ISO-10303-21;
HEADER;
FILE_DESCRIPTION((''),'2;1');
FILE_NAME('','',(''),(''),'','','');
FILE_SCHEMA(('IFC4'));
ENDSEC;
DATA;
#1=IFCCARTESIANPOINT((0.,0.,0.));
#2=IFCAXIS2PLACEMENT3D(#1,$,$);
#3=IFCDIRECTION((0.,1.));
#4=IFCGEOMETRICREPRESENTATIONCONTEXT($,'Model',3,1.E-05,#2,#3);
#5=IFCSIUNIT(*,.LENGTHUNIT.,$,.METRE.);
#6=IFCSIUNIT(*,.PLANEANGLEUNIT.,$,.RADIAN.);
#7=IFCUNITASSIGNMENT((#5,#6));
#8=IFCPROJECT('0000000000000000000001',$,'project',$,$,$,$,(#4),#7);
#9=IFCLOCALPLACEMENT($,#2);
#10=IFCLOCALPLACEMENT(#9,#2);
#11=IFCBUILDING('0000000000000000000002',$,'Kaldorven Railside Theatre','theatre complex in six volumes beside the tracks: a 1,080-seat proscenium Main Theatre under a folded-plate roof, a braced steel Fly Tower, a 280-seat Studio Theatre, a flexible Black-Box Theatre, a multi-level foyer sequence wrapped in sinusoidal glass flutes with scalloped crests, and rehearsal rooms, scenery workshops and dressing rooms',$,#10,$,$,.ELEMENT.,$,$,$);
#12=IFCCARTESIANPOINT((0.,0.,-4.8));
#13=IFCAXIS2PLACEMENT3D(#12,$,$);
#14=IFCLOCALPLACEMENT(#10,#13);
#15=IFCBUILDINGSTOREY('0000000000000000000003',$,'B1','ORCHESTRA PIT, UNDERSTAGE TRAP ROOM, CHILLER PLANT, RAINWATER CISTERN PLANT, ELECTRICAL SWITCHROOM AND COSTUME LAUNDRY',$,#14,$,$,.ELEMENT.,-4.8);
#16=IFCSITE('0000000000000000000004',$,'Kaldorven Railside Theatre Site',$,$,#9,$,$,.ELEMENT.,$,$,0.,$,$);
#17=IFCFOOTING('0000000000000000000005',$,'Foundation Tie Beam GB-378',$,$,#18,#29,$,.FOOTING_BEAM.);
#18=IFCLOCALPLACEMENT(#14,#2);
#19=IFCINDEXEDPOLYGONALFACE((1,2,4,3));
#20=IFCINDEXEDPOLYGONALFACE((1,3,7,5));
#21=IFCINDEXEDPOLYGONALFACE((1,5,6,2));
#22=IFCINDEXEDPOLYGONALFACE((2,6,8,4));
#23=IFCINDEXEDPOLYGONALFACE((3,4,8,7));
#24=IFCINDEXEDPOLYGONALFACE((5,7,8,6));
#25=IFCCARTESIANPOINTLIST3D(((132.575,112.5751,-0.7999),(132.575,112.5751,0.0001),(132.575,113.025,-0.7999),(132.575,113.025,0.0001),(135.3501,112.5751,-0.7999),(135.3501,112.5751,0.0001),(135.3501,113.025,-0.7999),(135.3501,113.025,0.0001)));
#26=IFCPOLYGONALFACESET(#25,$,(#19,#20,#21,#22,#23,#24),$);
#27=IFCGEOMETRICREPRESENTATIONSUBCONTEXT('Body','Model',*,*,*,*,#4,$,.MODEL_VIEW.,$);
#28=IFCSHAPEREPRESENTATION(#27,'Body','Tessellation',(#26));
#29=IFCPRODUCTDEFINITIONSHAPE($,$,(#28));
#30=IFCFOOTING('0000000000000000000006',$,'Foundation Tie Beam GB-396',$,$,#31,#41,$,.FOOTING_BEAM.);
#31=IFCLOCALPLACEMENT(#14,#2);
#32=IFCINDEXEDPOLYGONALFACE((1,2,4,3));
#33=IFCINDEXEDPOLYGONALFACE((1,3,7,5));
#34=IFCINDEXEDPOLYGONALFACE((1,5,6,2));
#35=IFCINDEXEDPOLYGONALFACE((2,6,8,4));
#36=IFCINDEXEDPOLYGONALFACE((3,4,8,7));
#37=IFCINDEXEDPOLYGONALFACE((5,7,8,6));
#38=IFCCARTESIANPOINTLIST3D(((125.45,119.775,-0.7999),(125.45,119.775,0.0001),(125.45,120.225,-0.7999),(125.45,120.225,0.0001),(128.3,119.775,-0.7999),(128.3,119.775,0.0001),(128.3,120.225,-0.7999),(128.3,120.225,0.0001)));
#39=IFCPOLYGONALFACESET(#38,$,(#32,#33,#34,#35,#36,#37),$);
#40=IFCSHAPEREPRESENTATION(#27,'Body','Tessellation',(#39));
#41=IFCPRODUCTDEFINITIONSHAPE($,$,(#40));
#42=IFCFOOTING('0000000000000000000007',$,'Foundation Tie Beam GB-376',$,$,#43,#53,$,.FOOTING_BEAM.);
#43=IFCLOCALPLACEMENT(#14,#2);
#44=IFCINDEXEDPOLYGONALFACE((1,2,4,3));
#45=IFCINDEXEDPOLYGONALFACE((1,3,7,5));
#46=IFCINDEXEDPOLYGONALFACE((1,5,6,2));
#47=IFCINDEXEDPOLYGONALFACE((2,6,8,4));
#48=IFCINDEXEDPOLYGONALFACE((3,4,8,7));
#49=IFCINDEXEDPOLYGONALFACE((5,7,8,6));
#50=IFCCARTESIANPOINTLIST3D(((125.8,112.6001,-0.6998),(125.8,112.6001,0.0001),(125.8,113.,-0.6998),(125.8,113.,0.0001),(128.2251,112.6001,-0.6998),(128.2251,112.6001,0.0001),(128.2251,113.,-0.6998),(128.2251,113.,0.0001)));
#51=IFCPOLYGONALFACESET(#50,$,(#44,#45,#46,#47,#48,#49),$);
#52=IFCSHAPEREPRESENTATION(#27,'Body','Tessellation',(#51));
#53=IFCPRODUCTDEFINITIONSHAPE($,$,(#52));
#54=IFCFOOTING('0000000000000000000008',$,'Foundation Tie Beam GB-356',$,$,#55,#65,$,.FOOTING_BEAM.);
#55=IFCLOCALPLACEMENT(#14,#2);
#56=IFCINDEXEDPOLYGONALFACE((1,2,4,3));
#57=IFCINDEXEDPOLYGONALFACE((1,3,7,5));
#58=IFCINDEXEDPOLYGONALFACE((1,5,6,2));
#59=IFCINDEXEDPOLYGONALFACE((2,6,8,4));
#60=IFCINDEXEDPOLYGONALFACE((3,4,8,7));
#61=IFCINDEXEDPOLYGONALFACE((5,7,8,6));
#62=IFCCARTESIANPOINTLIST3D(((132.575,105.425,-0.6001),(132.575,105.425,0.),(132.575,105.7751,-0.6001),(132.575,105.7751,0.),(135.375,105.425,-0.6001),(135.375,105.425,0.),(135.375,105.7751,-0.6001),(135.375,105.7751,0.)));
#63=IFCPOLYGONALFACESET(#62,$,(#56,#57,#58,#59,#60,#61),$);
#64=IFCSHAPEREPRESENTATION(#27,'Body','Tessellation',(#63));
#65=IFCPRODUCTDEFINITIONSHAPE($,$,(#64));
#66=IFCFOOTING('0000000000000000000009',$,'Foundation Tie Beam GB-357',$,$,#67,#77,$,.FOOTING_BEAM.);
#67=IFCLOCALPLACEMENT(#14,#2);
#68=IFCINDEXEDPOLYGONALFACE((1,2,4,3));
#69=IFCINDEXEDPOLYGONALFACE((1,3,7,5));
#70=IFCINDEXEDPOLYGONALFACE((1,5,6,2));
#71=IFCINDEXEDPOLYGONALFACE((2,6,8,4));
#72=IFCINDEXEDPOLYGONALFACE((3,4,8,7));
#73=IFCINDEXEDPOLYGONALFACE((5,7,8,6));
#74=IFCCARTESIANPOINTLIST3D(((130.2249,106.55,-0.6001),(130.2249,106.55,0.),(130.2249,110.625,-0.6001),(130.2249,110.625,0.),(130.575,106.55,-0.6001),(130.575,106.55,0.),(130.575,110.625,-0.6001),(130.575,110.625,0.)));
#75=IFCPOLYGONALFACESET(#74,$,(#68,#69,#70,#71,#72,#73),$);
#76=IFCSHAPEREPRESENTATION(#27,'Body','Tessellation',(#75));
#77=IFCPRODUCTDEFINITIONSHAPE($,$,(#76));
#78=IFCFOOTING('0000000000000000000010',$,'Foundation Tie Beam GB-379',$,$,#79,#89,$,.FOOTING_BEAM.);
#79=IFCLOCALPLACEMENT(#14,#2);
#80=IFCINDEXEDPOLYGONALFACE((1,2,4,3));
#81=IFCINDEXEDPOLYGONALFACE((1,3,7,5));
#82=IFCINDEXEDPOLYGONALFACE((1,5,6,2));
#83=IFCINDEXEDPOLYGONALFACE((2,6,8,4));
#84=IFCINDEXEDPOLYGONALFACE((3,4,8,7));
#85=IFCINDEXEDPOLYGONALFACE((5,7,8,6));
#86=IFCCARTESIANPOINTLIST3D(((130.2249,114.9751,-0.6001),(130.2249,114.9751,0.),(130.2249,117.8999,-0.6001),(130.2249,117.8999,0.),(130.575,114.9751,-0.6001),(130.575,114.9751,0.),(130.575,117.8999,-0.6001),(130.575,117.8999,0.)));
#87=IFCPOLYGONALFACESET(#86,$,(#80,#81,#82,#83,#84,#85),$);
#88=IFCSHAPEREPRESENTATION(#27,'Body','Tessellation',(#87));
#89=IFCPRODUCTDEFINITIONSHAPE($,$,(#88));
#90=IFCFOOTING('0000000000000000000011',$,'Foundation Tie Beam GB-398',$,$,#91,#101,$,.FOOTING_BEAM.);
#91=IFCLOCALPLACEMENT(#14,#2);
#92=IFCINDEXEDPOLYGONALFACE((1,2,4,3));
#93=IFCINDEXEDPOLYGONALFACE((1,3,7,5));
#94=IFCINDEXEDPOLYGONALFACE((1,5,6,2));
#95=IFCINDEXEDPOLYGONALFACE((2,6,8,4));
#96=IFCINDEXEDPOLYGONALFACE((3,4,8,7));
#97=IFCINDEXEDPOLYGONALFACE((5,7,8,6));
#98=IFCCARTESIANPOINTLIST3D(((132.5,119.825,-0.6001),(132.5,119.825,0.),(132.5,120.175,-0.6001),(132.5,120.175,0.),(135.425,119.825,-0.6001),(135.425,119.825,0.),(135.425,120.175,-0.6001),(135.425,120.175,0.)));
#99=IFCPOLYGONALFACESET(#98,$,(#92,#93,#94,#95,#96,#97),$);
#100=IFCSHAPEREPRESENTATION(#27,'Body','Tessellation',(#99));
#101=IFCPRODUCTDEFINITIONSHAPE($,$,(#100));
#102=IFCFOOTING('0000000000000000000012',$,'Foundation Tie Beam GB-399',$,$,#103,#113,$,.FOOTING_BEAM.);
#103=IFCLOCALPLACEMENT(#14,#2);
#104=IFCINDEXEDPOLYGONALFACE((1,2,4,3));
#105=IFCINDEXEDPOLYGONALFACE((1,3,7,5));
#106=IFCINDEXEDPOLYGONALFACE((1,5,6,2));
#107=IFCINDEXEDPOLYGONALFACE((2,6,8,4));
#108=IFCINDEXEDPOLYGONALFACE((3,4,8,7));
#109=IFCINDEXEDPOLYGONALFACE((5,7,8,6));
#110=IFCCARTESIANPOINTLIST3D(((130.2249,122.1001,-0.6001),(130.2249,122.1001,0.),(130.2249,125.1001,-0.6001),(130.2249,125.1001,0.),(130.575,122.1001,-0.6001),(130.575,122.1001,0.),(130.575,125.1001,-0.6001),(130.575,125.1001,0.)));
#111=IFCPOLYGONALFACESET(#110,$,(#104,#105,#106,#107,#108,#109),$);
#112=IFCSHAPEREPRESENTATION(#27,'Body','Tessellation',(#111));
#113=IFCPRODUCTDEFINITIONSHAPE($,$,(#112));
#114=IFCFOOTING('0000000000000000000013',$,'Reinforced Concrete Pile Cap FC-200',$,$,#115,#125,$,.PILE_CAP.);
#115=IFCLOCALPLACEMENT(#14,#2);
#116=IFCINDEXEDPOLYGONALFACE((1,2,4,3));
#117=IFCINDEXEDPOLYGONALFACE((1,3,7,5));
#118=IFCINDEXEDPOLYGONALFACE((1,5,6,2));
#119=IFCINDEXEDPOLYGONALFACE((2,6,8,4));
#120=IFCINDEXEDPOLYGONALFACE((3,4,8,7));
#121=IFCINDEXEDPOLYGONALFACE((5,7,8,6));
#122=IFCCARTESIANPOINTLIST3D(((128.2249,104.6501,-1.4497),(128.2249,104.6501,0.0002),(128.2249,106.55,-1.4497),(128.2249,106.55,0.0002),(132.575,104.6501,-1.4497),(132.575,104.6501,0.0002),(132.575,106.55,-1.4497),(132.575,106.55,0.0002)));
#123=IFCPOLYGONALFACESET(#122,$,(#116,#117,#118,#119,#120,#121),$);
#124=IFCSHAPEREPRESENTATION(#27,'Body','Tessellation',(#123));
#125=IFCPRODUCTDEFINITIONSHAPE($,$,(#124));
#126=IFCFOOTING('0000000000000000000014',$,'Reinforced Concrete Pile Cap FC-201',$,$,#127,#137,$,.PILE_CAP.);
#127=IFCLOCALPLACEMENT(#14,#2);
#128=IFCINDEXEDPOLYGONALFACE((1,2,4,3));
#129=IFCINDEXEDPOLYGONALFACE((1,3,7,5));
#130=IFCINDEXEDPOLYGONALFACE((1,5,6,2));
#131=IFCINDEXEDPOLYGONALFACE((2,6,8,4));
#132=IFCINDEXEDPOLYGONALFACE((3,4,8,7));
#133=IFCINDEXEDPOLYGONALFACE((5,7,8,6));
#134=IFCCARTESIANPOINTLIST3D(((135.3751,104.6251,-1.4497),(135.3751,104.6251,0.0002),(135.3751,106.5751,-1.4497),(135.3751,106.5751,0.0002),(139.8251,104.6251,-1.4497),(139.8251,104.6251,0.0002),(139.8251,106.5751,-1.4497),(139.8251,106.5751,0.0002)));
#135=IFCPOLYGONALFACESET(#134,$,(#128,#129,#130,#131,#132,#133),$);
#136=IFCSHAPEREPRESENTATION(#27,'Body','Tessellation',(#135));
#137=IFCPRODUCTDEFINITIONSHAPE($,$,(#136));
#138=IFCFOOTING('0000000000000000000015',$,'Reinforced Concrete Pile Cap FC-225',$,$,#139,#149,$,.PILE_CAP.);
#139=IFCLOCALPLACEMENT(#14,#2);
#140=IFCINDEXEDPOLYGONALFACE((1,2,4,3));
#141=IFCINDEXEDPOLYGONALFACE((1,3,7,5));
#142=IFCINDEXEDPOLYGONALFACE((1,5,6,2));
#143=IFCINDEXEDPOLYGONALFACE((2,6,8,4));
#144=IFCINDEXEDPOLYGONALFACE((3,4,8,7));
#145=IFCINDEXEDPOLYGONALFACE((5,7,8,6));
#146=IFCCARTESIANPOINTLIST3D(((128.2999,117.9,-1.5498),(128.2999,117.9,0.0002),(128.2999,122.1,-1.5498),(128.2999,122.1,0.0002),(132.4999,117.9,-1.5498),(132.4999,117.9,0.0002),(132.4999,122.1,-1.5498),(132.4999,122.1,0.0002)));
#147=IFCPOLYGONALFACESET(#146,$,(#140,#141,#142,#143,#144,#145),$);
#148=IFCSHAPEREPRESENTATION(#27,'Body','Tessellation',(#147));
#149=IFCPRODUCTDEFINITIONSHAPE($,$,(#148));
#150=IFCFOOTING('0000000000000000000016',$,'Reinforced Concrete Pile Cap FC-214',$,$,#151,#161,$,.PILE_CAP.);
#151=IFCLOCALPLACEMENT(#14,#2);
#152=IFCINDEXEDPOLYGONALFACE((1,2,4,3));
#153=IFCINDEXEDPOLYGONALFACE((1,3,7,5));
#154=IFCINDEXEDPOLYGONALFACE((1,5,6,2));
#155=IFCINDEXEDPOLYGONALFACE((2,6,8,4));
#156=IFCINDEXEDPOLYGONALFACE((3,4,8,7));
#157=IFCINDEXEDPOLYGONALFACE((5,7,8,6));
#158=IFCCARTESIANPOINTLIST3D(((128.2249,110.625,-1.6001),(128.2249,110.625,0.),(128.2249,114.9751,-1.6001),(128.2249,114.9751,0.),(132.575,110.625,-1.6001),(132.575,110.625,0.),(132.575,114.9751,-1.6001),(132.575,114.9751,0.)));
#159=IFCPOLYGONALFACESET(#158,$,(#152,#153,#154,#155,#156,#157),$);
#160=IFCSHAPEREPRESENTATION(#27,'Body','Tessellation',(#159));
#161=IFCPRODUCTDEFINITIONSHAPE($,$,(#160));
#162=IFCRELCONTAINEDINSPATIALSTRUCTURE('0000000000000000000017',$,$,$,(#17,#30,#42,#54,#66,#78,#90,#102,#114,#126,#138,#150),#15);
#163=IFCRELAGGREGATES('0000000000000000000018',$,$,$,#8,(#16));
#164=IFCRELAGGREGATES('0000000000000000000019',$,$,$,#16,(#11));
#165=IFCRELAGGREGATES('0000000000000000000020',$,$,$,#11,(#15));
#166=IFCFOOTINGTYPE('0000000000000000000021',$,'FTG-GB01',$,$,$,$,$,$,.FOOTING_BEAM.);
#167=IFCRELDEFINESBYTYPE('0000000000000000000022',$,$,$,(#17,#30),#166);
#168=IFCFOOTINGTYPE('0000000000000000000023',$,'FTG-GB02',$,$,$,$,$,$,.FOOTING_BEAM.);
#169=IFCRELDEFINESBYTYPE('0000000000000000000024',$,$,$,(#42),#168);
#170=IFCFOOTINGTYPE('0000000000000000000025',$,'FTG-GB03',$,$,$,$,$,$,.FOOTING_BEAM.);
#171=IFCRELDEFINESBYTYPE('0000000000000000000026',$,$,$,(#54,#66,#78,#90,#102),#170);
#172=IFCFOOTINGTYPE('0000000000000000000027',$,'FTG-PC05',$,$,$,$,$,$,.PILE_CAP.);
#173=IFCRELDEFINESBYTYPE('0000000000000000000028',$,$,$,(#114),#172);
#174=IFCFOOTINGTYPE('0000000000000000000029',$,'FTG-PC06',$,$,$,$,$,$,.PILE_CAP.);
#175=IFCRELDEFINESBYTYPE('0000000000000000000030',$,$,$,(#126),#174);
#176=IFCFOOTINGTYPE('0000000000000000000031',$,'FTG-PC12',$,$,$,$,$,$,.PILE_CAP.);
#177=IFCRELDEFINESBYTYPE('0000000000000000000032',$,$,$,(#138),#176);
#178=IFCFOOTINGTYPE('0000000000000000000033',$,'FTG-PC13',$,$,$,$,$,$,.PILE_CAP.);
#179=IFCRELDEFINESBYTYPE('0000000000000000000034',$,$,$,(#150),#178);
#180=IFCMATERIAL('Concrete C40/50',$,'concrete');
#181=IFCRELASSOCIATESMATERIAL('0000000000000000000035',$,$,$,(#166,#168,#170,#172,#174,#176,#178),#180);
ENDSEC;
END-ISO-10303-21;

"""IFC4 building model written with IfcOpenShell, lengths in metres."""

from ifc_helpers import new_model, si_unit, direction, frame, origin, origin_2d, place, context, subcontext, project, spatial, rectangle, extrude, material, material_profile, profile_set, type_object, element, save


model = new_model("IFC4")

# Units and contexts
model_context = context("Model", 3, precision=1e-05, world=origin(), true_north=direction((0.0, 1.0)))
body_context = subcontext(model_context, "Body", "Model", "MODEL_VIEW")
ifc_project = project(units=[si_unit("LENGTHUNIT", "METRE"), si_unit("PLANEANGLEUNIT", "RADIAN")], contexts=[model_context])

# Site, building, storey
site_placement = place(None, origin())
site = spatial("IfcSite", under=ifc_project, at=site_placement, Name="Kaldorven Railside Theatre Site", CompositionType="ELEMENT", RefElevation=0.0)
building_placement = place(site_placement, origin())
building = spatial("IfcBuilding", under=site, at=building_placement, Name="Kaldorven Railside Theatre", Description="theatre complex in six volumes beside the tracks: a 1,080-seat proscenium Main Theatre under a folded-plate roof, a braced steel Fly Tower, a 280-seat Studio Theatre, a flexible Black-Box Theatre, a multi-level foyer sequence wrapped in sinusoidal glass flutes with scalloped crests, and rehearsal rooms, scenery workshops and dressing rooms", CompositionType="ELEMENT")
storey_placement = place(building_placement, frame((0.0, 0.0, -4.8)))
storey = spatial("IfcBuildingStorey", under=building, at=storey_placement, Name="B1", Description="ORCHESTRA PIT, UNDERSTAGE TRAP ROOM, CHILLER PLANT, RAINWATER CISTERN PLANT, ELECTRICAL SWITCHROOM AND COSTUME LAUNDRY", CompositionType="ELEMENT", Elevation=-4.8)

# Footings
ifc_material_1 = material(Name="Concrete C40/50", Category="concrete")
ifc_material_profile_1 = material_profile(ifc_material_1, rectangle(XDim=0.45, YDim=0.8, at=origin_2d()), Name="RC 450x800")
ifc_profile_set_1 = profile_set([ifc_material_profile_1], Name="Concrete C40/50")
footing_type_1 = type_object("IfcFootingType", Name="FTG-GB01", PredefinedType="FOOTING_BEAM", material=ifc_profile_set_1)
footing_1_placement = place(storey_placement, frame((132.575, 112.8, -0.3999), z_axis=(1.0, 0.0, 0.0), x_axis=(0.0, 1.0, 0.0)))
element("IfcFooting", 1, at=footing_1_placement, inside=storey, type_object=footing_type_1, Name="Foundation Tie Beam GB-378", PredefinedType="FOOTING_BEAM", context=body_context, shape_type="SweptSolid", body=[
    extrude(rectangle(XDim=0.45, YDim=0.8, at=origin_2d()), origin(), (0.0, 0.0, 1.0), 2.7751),
])
footing_2_placement = place(storey_placement, frame((125.45, 120.0, -0.3999), z_axis=(1.0, 0.0, 0.0), x_axis=(0.0, 1.0, 0.0)))
element("IfcFooting", 2, at=footing_2_placement, inside=storey, type_object=footing_type_1, Name="Foundation Tie Beam GB-396", PredefinedType="FOOTING_BEAM", context=body_context, shape_type="SweptSolid", body=[
    extrude(rectangle(XDim=0.45, YDim=0.8, at=origin_2d()), origin(), (0.0, 0.0, 1.0), 2.8501),
])
ifc_material_profile_2 = material_profile(ifc_material_1, rectangle(XDim=0.3999, YDim=0.7, at=origin_2d()), Name="RC 400x700")
ifc_profile_set_2 = profile_set([ifc_material_profile_2], Name="Concrete C40/50")
footing_type_2 = type_object("IfcFootingType", Name="FTG-GB02", PredefinedType="FOOTING_BEAM", material=ifc_profile_set_2)
footing_3_placement = place(storey_placement, frame((125.8, 112.8, -0.3499), z_axis=(1.0, 0.0, 0.0), x_axis=(0.0, 1.0, 0.0)))
element("IfcFooting", 3, at=footing_3_placement, inside=storey, type_object=footing_type_2, Name="Foundation Tie Beam GB-376", PredefinedType="FOOTING_BEAM", context=body_context, shape_type="SweptSolid", body=[
    extrude(rectangle(XDim=0.3999, YDim=0.7, at=origin_2d()), origin(), (0.0, 0.0, 1.0), 2.425),
])
ifc_material_profile_3 = material_profile(ifc_material_1, rectangle(XDim=0.3501, YDim=0.6001, at=origin_2d()), Name="RC 350x600")
ifc_profile_set_3 = profile_set([ifc_material_profile_3], Name="Concrete C40/50")
footing_type_3 = type_object("IfcFootingType", Name="FTG-GB03", PredefinedType="FOOTING_BEAM", material=ifc_profile_set_3)
footing_4_placement = place(storey_placement, frame((132.575, 105.6001, -0.3), z_axis=(1.0, 0.0, 0.0), x_axis=(0.0, 1.0, 0.0)))
element("IfcFooting", 4, at=footing_4_placement, inside=storey, type_object=footing_type_3, Name="Foundation Tie Beam GB-356", PredefinedType="FOOTING_BEAM", context=body_context, shape_type="SweptSolid", body=[
    extrude(rectangle(XDim=0.3501, YDim=0.6001, at=origin_2d()), origin(), (0.0, 0.0, 1.0), 2.8),
])
footing_5_placement = place(storey_placement, frame((130.3999, 106.55, -0.3), z_axis=(0.0, 1.0, 0.0), x_axis=(-1.0, 0.0, 0.0)))
element("IfcFooting", 5, at=footing_5_placement, inside=storey, type_object=footing_type_3, Name="Foundation Tie Beam GB-357", PredefinedType="FOOTING_BEAM", context=body_context, shape_type="SweptSolid", body=[
    extrude(rectangle(XDim=0.3501, YDim=0.6001, at=origin_2d()), origin(), (0.0, 0.0, 1.0), 4.075),
])
footing_6_placement = place(storey_placement, frame((130.3999, 114.9751, -0.3), z_axis=(0.0, 1.0, 0.0), x_axis=(-1.0, 0.0, 0.0)))
element("IfcFooting", 6, at=footing_6_placement, inside=storey, type_object=footing_type_3, Name="Foundation Tie Beam GB-379", PredefinedType="FOOTING_BEAM", context=body_context, shape_type="SweptSolid", body=[
    extrude(rectangle(XDim=0.3501, YDim=0.6001, at=origin_2d()), origin(), (0.0, 0.0, 1.0), 2.9248),
])
footing_7_placement = place(storey_placement, frame((132.5, 120.0, -0.3), z_axis=(1.0, 0.0, 0.0), x_axis=(0.0, 1.0, 0.0)))
element("IfcFooting", 7, at=footing_7_placement, inside=storey, type_object=footing_type_3, Name="Foundation Tie Beam GB-398", PredefinedType="FOOTING_BEAM", context=body_context, shape_type="SweptSolid", body=[
    extrude(rectangle(XDim=0.3501, YDim=0.6001, at=origin_2d()), origin(), (0.0, 0.0, 1.0), 2.925),
])
footing_8_placement = place(storey_placement, frame((130.3999, 122.1001, -0.3), z_axis=(0.0, 1.0, 0.0), x_axis=(-1.0, 0.0, 0.0)))
element("IfcFooting", 8, at=footing_8_placement, inside=storey, type_object=footing_type_3, Name="Foundation Tie Beam GB-399", PredefinedType="FOOTING_BEAM", context=body_context, shape_type="SweptSolid", body=[
    extrude(rectangle(XDim=0.3501, YDim=0.6001, at=origin_2d()), origin(), (0.0, 0.0, 1.0), 3.0),
])
footing_type_4 = type_object("IfcFootingType", Name="FTG-PC05", PredefinedType="PILE_CAP", material=ifc_material_1)
footing_9_placement = place(storey_placement, frame((130.3999, 105.6001, -1.4497), z_axis=(0.0, 0.0, 1.0), x_axis=(1.0, 0.0, 0.0)))
element("IfcFooting", 9, at=footing_9_placement, inside=storey, type_object=footing_type_4, Name="Reinforced Concrete Pile Cap FC-200", PredefinedType="PILE_CAP", context=body_context, shape_type="SweptSolid", body=[
    extrude(rectangle(XDim=4.3501, YDim=1.8999, at=origin_2d()), origin(), (0.0, 0.0, 1.0), 1.45),
])
footing_type_5 = type_object("IfcFootingType", Name="FTG-PC06", PredefinedType="PILE_CAP", material=ifc_material_1)
footing_10_placement = place(storey_placement, frame((137.6001, 105.6001, -1.4497), z_axis=(0.0, 0.0, 1.0), x_axis=(1.0, 0.0, 0.0)))
element("IfcFooting", 10, at=footing_10_placement, inside=storey, type_object=footing_type_5, Name="Reinforced Concrete Pile Cap FC-201", PredefinedType="PILE_CAP", context=body_context, shape_type="SweptSolid", body=[
    extrude(rectangle(XDim=4.45, YDim=1.95, at=origin_2d()), origin(), (0.0, 0.0, 1.0), 1.45),
])
footing_type_6 = type_object("IfcFootingType", Name="FTG-PC12", PredefinedType="PILE_CAP", material=ifc_material_1)
footing_11_placement = place(storey_placement, frame((130.3999, 120.0, -1.5498), z_axis=(0.0, 0.0, 1.0), x_axis=(1.0, 0.0, 0.0)))
element("IfcFooting", 11, at=footing_11_placement, inside=storey, type_object=footing_type_6, Name="Reinforced Concrete Pile Cap FC-225", PredefinedType="PILE_CAP", context=body_context, shape_type="SweptSolid", body=[
    extrude(rectangle(XDim=4.2, YDim=4.2, at=origin_2d()), origin(), (0.0, 0.0, 1.0), 1.55),
])
footing_type_7 = type_object("IfcFootingType", Name="FTG-PC13", PredefinedType="PILE_CAP", material=ifc_material_1)
footing_12_placement = place(storey_placement, frame((130.3999, 112.8, -1.6001), z_axis=(0.0, 0.0, 1.0), x_axis=(1.0, 0.0, 0.0)))
element("IfcFooting", 12, at=footing_12_placement, inside=storey, type_object=footing_type_7, Name="Reinforced Concrete Pile Cap FC-214", PredefinedType="PILE_CAP", context=body_context, shape_type="SweptSolid", body=[
    extrude(rectangle(XDim=4.3501, YDim=4.3501, at=origin_2d()), origin(), (0.0, 0.0, 1.0), 1.6001),
])

save(model, "model.ifc")
